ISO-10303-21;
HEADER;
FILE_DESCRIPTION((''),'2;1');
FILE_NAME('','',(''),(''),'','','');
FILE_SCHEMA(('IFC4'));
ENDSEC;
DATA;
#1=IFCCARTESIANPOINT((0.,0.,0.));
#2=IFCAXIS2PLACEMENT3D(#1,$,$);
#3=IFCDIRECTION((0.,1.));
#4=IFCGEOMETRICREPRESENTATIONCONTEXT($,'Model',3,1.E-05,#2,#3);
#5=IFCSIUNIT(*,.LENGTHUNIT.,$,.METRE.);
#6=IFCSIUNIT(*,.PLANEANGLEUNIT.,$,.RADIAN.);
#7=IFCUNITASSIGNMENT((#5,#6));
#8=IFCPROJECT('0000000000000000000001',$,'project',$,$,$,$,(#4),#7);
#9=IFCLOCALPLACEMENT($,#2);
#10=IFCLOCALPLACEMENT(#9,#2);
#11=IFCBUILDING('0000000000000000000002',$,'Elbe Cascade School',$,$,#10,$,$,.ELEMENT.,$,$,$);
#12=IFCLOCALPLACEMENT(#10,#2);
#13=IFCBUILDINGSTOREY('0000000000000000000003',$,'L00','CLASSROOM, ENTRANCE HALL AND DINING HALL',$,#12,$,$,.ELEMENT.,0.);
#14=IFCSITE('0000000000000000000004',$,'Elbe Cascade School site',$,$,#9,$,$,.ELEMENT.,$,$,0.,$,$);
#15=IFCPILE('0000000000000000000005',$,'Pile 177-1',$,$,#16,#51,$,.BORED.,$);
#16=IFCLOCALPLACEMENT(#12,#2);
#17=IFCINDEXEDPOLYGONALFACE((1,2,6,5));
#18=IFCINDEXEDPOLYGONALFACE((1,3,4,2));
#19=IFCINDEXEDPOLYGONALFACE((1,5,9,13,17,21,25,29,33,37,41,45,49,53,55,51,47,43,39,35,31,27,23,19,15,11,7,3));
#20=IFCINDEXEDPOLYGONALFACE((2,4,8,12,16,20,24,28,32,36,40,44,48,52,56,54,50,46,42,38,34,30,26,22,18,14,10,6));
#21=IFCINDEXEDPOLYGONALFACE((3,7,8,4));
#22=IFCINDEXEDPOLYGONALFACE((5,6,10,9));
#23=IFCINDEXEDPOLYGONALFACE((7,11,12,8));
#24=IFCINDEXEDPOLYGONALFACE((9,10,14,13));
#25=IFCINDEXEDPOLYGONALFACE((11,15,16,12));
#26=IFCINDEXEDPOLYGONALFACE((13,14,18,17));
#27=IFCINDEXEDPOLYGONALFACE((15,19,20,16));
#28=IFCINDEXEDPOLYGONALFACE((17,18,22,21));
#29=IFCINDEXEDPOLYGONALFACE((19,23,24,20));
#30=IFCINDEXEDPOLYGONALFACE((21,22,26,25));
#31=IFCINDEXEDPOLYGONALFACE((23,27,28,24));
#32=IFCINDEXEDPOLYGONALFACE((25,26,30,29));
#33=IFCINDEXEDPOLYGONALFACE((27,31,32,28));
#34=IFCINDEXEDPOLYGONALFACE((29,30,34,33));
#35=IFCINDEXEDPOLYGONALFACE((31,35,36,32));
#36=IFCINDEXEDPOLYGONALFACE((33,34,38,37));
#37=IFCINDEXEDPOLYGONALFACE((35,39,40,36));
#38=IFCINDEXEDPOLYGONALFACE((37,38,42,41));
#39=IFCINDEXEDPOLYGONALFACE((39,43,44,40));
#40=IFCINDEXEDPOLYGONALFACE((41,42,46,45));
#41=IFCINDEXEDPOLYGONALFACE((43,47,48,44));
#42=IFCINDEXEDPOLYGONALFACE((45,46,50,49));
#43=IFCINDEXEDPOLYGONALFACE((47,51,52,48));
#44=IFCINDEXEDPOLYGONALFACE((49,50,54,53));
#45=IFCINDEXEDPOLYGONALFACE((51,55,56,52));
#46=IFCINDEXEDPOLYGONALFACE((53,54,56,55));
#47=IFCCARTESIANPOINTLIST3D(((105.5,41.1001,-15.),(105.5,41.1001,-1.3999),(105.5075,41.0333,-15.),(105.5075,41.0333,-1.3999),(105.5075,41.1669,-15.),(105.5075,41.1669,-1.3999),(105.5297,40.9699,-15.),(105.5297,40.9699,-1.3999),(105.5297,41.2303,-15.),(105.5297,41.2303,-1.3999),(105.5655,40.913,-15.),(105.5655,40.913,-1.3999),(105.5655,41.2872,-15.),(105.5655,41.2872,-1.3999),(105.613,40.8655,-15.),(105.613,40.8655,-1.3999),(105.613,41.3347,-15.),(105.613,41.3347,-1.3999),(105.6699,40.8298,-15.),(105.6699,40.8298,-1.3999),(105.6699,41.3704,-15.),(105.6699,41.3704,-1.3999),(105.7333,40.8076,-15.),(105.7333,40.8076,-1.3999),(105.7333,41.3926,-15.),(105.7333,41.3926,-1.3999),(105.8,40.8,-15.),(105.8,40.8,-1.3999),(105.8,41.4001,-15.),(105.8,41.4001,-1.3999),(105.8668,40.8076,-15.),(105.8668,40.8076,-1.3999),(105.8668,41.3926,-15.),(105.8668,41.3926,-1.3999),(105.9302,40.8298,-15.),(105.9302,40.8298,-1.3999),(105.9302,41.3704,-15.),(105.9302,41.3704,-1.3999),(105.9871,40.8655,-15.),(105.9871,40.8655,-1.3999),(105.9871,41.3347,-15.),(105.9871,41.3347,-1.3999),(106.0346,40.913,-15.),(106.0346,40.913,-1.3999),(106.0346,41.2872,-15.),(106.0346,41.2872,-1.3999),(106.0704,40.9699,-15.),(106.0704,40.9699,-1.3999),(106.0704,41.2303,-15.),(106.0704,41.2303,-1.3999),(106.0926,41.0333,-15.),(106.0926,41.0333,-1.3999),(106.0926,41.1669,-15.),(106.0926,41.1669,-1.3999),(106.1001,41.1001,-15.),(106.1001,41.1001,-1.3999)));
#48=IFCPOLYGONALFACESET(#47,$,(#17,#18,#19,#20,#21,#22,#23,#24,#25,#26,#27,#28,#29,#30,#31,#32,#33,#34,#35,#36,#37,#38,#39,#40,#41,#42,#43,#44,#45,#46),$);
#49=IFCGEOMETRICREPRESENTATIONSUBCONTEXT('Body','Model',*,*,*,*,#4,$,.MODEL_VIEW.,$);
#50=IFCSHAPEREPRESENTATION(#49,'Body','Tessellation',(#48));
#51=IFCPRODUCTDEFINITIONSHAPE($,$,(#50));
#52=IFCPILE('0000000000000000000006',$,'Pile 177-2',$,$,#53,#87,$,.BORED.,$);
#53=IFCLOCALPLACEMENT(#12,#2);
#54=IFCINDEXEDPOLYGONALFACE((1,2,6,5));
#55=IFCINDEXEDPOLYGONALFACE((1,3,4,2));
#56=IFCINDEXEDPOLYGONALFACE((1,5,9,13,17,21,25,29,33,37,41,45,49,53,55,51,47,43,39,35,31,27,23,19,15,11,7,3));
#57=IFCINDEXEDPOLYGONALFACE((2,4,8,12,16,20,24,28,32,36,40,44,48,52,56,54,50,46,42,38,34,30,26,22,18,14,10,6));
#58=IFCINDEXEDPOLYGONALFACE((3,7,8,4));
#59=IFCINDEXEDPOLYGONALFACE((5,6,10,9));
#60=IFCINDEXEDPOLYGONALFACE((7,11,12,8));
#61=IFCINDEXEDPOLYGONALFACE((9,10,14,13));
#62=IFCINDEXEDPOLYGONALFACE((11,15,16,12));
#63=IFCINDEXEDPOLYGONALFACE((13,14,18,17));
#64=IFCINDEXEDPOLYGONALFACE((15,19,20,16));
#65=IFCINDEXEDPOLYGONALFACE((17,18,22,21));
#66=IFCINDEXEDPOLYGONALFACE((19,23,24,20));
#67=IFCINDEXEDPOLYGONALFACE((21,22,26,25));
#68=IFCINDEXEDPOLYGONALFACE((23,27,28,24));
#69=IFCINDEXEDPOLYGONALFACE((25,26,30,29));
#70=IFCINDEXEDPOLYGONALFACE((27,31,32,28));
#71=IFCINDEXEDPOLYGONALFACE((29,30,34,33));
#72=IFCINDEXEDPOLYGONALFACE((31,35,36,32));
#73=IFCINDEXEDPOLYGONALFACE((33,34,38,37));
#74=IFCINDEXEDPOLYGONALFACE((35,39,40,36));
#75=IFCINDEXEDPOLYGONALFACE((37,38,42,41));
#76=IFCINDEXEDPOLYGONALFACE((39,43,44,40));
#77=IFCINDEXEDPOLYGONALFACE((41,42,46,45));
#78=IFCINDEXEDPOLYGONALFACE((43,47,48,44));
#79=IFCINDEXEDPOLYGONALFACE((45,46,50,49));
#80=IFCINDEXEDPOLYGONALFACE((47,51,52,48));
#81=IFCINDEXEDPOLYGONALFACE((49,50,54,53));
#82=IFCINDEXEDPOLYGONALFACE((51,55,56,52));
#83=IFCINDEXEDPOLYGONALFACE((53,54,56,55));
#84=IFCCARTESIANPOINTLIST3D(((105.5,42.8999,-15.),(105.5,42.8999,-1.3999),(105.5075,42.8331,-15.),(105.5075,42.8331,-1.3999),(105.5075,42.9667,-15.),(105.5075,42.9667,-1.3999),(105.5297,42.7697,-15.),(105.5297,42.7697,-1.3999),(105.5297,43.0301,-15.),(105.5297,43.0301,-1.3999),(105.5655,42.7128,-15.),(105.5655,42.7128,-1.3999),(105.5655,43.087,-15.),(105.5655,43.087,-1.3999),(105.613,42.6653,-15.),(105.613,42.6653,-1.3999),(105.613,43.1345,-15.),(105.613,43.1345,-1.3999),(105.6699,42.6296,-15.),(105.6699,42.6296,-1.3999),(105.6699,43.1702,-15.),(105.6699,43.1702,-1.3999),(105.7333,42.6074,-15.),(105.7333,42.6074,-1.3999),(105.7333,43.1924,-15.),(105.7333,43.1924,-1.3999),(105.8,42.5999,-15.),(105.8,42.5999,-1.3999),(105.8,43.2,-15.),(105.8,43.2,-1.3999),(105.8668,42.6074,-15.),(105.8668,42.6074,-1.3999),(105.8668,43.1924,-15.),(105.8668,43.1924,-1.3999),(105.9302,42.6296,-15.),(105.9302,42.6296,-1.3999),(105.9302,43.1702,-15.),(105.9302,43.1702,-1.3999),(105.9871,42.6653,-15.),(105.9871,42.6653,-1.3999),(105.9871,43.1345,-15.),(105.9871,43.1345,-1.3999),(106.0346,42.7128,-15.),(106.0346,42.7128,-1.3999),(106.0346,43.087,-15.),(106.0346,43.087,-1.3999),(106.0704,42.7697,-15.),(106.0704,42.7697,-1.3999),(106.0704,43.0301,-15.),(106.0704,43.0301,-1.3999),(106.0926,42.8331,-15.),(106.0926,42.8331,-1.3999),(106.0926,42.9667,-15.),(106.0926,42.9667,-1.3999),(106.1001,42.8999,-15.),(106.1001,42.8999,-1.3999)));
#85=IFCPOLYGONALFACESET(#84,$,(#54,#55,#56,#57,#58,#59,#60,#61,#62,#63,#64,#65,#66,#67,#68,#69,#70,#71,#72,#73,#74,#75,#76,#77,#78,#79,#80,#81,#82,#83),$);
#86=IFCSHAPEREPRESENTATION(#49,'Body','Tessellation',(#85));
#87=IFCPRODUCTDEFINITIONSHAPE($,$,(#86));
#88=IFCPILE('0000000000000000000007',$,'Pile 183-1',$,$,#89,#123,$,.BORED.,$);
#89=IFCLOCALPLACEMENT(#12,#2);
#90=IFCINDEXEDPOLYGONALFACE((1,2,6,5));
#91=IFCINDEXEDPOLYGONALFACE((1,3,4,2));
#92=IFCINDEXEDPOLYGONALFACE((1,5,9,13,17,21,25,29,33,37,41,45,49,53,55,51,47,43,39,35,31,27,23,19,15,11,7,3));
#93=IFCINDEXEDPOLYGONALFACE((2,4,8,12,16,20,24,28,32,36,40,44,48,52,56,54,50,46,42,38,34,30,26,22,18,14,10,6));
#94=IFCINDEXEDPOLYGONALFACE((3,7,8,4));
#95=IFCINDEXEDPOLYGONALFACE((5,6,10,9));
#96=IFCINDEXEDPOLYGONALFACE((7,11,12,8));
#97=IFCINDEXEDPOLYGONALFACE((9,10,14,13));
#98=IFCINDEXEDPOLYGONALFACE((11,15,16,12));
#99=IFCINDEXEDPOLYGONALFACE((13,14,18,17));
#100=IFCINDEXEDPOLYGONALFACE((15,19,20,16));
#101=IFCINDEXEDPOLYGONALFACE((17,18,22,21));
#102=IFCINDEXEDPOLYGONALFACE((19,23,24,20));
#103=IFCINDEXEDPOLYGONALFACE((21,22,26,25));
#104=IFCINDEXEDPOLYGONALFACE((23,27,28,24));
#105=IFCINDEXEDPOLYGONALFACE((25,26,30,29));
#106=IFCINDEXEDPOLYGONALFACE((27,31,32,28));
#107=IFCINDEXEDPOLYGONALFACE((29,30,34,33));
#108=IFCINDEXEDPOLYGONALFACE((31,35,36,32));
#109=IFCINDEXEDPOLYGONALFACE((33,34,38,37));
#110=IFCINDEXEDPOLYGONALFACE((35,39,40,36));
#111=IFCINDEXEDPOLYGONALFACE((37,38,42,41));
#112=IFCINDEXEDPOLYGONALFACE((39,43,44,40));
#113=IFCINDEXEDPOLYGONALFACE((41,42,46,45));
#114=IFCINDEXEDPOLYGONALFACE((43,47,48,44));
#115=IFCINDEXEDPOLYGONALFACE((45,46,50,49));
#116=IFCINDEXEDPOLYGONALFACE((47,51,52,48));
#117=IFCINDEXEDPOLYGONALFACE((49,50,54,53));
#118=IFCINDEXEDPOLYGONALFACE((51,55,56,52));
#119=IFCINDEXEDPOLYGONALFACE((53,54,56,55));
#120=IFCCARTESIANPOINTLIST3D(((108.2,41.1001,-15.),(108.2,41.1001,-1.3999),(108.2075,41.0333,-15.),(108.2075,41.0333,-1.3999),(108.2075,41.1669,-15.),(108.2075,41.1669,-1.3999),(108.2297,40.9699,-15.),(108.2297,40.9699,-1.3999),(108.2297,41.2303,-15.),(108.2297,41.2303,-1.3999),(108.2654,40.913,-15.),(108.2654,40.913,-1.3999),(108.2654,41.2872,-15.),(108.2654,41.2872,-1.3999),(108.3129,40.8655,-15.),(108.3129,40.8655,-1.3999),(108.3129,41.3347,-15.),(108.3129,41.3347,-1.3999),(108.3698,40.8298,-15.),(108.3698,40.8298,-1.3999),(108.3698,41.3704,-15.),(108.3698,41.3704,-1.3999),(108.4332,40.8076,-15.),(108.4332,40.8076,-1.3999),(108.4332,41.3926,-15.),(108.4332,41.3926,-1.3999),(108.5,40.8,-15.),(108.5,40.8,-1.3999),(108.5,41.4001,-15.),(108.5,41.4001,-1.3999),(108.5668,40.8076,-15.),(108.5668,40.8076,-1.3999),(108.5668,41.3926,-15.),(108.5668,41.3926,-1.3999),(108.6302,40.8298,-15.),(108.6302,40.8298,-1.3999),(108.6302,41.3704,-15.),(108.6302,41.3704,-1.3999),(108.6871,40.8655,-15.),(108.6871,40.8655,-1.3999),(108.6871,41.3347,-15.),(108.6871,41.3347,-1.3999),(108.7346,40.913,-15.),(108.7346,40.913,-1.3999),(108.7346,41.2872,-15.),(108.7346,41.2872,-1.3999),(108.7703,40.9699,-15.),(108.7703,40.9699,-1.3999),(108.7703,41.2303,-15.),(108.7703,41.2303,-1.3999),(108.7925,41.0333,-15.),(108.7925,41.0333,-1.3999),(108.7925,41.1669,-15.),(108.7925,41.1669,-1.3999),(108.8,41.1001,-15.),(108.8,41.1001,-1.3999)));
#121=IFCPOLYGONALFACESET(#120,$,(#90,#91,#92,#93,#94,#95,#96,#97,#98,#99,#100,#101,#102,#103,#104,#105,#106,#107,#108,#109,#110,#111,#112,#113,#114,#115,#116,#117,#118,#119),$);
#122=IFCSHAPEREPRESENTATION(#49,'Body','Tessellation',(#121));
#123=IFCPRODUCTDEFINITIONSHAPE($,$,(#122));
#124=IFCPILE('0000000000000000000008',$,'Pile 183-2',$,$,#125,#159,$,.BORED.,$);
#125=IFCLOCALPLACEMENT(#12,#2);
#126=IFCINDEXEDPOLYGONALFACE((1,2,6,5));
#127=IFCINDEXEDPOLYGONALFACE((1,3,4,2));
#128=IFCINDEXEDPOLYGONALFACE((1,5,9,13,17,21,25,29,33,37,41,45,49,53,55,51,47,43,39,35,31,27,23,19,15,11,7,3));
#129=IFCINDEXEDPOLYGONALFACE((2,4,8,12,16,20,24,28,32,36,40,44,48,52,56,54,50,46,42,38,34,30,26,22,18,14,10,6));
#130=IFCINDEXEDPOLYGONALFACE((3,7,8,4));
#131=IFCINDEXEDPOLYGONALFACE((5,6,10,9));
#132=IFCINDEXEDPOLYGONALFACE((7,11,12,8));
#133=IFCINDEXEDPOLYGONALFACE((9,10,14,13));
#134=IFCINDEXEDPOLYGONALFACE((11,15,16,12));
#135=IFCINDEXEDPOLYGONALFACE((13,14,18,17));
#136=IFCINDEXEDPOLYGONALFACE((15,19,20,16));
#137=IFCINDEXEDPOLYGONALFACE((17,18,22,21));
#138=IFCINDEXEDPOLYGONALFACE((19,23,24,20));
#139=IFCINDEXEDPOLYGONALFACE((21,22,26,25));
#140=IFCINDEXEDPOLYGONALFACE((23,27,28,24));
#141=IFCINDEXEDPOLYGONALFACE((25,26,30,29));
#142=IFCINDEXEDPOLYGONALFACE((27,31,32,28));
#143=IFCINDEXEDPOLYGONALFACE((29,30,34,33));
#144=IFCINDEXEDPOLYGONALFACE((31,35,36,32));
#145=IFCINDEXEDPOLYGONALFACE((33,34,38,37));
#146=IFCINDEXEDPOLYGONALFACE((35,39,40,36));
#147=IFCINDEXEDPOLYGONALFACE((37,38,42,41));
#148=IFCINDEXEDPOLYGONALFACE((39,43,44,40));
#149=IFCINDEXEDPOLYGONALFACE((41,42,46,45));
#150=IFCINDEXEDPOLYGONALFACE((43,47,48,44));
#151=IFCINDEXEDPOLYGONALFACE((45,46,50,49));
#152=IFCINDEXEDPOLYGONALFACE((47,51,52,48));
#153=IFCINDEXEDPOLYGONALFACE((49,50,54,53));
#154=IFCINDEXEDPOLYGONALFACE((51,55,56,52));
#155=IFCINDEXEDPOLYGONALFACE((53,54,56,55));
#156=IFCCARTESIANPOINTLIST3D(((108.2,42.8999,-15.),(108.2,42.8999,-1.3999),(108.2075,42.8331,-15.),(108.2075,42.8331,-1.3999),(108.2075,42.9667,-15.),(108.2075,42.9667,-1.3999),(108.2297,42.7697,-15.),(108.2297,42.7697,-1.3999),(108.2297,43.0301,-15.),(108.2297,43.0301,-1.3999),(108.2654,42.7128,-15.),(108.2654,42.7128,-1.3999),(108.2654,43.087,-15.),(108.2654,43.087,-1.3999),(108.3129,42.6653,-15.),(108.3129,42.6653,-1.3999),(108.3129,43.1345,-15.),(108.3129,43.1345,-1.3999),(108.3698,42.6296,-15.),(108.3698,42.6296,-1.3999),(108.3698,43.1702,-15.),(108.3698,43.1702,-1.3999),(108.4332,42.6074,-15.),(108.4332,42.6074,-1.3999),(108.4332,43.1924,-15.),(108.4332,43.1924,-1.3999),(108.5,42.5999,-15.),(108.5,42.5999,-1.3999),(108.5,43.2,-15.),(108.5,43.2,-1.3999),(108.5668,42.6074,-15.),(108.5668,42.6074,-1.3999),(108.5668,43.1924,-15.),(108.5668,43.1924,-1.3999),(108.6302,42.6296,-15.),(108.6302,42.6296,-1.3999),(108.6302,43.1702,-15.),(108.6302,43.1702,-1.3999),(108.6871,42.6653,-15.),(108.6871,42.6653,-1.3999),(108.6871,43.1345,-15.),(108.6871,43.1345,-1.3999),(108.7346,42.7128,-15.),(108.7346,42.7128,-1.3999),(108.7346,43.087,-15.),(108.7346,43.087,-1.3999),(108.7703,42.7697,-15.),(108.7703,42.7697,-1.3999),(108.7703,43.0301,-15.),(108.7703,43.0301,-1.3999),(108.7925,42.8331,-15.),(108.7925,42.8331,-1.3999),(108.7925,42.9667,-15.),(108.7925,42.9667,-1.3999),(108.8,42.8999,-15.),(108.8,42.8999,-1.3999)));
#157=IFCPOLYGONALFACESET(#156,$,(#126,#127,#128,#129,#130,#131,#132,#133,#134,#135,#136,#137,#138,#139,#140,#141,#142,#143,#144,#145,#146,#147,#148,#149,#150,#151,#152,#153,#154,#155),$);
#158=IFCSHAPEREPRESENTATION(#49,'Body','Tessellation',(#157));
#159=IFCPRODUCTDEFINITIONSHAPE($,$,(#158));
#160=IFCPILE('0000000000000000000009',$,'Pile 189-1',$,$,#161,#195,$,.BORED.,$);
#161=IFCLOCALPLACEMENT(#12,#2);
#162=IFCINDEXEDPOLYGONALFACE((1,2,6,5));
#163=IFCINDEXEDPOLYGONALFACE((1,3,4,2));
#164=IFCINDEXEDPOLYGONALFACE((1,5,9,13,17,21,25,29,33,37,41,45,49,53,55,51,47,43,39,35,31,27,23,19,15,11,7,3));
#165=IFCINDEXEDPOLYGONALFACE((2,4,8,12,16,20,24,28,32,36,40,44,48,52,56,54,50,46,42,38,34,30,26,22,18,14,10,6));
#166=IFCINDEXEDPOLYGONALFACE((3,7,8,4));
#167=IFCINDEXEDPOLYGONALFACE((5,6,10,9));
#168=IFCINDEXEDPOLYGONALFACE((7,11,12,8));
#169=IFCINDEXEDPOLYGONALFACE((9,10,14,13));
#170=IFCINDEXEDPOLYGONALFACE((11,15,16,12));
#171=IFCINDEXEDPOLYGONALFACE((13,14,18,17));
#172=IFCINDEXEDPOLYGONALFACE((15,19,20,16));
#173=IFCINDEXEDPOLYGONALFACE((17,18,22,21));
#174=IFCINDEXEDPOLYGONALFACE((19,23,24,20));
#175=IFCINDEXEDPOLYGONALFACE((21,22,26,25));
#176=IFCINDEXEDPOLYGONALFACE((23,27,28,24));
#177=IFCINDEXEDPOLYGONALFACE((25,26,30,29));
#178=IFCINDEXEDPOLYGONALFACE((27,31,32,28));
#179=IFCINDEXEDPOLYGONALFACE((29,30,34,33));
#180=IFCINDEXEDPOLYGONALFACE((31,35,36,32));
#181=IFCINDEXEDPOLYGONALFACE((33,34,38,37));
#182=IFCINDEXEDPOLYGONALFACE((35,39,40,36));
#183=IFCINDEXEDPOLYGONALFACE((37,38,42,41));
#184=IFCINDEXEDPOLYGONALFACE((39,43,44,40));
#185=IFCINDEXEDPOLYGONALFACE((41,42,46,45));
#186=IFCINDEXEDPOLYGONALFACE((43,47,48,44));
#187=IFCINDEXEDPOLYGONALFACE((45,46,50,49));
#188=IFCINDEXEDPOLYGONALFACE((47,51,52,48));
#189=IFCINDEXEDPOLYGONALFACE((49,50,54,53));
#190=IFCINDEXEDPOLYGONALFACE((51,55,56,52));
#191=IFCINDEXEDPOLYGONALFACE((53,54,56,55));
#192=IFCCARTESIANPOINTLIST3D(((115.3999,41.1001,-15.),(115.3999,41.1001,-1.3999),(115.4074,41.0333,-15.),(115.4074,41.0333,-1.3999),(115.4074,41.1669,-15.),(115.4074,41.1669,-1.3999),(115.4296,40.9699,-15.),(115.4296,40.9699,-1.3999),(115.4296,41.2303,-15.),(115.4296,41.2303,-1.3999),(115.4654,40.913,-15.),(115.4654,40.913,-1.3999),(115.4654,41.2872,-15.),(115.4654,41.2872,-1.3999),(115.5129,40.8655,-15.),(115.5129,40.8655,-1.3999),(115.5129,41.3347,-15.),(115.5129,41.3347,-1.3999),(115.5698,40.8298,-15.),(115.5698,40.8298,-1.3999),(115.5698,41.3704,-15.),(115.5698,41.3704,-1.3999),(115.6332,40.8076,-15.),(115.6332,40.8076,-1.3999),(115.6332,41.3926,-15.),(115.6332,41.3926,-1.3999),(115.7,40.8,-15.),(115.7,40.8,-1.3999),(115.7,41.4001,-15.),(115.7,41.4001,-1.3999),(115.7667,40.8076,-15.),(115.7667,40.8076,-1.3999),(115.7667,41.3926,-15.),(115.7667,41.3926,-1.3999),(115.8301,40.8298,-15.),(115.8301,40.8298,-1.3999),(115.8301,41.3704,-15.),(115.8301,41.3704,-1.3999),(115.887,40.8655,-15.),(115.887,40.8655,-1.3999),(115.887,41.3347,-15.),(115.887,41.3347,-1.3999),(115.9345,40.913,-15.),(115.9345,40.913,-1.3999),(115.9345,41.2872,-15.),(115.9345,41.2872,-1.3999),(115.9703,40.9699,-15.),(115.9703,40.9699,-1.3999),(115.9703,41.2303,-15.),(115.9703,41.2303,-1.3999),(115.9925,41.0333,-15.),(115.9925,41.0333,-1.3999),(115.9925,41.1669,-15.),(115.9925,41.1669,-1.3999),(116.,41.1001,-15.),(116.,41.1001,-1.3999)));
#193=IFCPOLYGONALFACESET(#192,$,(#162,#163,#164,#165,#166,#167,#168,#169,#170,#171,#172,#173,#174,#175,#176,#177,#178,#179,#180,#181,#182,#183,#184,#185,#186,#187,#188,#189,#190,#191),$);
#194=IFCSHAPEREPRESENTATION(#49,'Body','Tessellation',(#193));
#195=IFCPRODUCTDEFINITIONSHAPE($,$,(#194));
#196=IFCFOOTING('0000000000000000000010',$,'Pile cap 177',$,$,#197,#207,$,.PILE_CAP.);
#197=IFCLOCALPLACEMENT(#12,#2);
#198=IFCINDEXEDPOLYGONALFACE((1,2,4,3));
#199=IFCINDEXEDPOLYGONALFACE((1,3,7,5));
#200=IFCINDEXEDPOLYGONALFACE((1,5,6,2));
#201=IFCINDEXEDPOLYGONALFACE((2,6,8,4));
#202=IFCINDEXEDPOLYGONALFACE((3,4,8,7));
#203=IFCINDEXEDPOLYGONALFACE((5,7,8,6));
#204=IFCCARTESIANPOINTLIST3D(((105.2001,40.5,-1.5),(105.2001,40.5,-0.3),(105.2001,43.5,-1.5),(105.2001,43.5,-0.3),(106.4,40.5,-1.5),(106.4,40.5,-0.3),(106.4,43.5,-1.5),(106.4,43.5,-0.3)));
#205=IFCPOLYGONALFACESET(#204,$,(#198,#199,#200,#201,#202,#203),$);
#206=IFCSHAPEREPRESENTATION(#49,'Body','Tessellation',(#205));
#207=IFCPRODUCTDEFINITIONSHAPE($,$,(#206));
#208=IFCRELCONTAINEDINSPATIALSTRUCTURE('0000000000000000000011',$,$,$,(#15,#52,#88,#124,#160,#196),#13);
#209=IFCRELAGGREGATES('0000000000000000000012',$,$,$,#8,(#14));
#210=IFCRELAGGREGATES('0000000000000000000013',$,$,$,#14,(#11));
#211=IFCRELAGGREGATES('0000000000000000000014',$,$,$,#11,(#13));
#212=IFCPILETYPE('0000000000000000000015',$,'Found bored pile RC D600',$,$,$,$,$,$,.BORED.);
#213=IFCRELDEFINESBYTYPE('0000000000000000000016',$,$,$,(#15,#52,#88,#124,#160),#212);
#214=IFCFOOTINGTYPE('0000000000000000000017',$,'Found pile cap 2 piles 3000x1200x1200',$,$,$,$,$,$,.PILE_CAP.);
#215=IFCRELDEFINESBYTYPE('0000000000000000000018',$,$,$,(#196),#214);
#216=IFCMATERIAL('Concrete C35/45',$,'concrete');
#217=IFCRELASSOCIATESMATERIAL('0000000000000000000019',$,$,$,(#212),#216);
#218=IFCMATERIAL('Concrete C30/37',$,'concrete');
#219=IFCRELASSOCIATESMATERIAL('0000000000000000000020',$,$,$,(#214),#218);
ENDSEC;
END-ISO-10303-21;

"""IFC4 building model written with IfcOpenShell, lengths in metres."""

from ifc_helpers import new_model, si_unit, direction, frame, origin, origin_2d, place, context, subcontext, project, spatial, rectangle, circle, extrude, material, material_profile, profile_set, type_object, element, save


model = new_model("IFC4")

# Units and contexts
model_context = context("Model", 3, precision=1e-05, world=origin(), true_north=direction((0.0, 1.0)))
body_context = subcontext(model_context, "Body", "Model", "MODEL_VIEW")
ifc_project = project(units=[si_unit("LENGTHUNIT", "METRE"), si_unit("PLANEANGLEUNIT", "RADIAN")], contexts=[model_context])

# Site, building, storey
site_placement = place(None, origin())
site = spatial("IfcSite", under=ifc_project, at=site_placement, Name="Elbe Cascade School site", CompositionType="ELEMENT", RefElevation=0.0)
building_placement = place(site_placement, origin())
building = spatial("IfcBuilding", under=site, at=building_placement, Name="Elbe Cascade School", CompositionType="ELEMENT")
storey_placement = place(building_placement, origin())
storey = spatial("IfcBuildingStorey", under=building, at=storey_placement, Name="L00", Description="CLASSROOM, ENTRANCE HALL AND DINING HALL", CompositionType="ELEMENT", Elevation=0.0)

# Piles
ifc_material_1 = material(Name="Concrete C35/45", Category="concrete")
ifc_material_profile_1 = material_profile(ifc_material_1, circle(Radius=0.3, at=origin_2d()), Name="RC D600")
ifc_profile_set_1 = profile_set([ifc_material_profile_1], Name="Concrete C35/45")
pile_type = type_object("IfcPileType", Name="Found bored pile RC D600", PredefinedType="BORED", material=ifc_profile_set_1)
for number, where, z_axis, x_axis, name in (
    (1, (105.8, 41.1001, -1.3999), (0.0, 0.0, -1.0), (1.0, 0.0, 0.0), "Pile 177-1"),
    (2, (105.8, 42.8999, -1.3999), (0.0, 0.0, -1.0), (1.0, 0.0, 0.0), "Pile 177-2"),
    (3, (108.5, 41.1001, -1.3999), (0.0, 0.0, -1.0), (1.0, 0.0, 0.0), "Pile 183-1"),
    (4, (108.5, 42.8999, -1.3999), (0.0, 0.0, -1.0), (1.0, 0.0, 0.0), "Pile 183-2"),
    (5, (115.7, 41.1001, -1.3999), (0.0, 0.0, -1.0), (1.0, 0.0, 0.0), "Pile 189-1"),
):
    element("IfcPile", number, at=place(storey_placement, frame(where, z_axis=z_axis, x_axis=x_axis)), inside=storey, type_object=pile_type, Name=name, PredefinedType="BORED", context=body_context, shape_type="SweptSolid", body=[
        extrude(circle(Radius=0.3, at=origin_2d()), origin(), (0.0, 0.0, 1.0), 13.6001),
    ])

# Footing
ifc_material_2 = material(Name="Concrete C30/37", Category="concrete")
footing_type = type_object("IfcFootingType", Name="Found pile cap 2 piles 3000x1200x1200", PredefinedType="PILE_CAP", material=ifc_material_2)
for number, where, z_axis, x_axis, name in (
    (6, (105.8, 42.0, -1.5), (0.0, 0.0, 1.0), (1.0, 0.0, 0.0), "Pile cap 177"),
):
    element("IfcFooting", number, at=place(storey_placement, frame(where, z_axis=z_axis, x_axis=x_axis)), inside=storey, type_object=footing_type, Name=name, PredefinedType="PILE_CAP", context=body_context, shape_type="SweptSolid", body=[
        extrude(rectangle(XDim=1.2, YDim=3.0, at=origin_2d()), origin(), (0.0, 0.0, 1.0), 1.2),
    ])

save(model, "model.ifc")
